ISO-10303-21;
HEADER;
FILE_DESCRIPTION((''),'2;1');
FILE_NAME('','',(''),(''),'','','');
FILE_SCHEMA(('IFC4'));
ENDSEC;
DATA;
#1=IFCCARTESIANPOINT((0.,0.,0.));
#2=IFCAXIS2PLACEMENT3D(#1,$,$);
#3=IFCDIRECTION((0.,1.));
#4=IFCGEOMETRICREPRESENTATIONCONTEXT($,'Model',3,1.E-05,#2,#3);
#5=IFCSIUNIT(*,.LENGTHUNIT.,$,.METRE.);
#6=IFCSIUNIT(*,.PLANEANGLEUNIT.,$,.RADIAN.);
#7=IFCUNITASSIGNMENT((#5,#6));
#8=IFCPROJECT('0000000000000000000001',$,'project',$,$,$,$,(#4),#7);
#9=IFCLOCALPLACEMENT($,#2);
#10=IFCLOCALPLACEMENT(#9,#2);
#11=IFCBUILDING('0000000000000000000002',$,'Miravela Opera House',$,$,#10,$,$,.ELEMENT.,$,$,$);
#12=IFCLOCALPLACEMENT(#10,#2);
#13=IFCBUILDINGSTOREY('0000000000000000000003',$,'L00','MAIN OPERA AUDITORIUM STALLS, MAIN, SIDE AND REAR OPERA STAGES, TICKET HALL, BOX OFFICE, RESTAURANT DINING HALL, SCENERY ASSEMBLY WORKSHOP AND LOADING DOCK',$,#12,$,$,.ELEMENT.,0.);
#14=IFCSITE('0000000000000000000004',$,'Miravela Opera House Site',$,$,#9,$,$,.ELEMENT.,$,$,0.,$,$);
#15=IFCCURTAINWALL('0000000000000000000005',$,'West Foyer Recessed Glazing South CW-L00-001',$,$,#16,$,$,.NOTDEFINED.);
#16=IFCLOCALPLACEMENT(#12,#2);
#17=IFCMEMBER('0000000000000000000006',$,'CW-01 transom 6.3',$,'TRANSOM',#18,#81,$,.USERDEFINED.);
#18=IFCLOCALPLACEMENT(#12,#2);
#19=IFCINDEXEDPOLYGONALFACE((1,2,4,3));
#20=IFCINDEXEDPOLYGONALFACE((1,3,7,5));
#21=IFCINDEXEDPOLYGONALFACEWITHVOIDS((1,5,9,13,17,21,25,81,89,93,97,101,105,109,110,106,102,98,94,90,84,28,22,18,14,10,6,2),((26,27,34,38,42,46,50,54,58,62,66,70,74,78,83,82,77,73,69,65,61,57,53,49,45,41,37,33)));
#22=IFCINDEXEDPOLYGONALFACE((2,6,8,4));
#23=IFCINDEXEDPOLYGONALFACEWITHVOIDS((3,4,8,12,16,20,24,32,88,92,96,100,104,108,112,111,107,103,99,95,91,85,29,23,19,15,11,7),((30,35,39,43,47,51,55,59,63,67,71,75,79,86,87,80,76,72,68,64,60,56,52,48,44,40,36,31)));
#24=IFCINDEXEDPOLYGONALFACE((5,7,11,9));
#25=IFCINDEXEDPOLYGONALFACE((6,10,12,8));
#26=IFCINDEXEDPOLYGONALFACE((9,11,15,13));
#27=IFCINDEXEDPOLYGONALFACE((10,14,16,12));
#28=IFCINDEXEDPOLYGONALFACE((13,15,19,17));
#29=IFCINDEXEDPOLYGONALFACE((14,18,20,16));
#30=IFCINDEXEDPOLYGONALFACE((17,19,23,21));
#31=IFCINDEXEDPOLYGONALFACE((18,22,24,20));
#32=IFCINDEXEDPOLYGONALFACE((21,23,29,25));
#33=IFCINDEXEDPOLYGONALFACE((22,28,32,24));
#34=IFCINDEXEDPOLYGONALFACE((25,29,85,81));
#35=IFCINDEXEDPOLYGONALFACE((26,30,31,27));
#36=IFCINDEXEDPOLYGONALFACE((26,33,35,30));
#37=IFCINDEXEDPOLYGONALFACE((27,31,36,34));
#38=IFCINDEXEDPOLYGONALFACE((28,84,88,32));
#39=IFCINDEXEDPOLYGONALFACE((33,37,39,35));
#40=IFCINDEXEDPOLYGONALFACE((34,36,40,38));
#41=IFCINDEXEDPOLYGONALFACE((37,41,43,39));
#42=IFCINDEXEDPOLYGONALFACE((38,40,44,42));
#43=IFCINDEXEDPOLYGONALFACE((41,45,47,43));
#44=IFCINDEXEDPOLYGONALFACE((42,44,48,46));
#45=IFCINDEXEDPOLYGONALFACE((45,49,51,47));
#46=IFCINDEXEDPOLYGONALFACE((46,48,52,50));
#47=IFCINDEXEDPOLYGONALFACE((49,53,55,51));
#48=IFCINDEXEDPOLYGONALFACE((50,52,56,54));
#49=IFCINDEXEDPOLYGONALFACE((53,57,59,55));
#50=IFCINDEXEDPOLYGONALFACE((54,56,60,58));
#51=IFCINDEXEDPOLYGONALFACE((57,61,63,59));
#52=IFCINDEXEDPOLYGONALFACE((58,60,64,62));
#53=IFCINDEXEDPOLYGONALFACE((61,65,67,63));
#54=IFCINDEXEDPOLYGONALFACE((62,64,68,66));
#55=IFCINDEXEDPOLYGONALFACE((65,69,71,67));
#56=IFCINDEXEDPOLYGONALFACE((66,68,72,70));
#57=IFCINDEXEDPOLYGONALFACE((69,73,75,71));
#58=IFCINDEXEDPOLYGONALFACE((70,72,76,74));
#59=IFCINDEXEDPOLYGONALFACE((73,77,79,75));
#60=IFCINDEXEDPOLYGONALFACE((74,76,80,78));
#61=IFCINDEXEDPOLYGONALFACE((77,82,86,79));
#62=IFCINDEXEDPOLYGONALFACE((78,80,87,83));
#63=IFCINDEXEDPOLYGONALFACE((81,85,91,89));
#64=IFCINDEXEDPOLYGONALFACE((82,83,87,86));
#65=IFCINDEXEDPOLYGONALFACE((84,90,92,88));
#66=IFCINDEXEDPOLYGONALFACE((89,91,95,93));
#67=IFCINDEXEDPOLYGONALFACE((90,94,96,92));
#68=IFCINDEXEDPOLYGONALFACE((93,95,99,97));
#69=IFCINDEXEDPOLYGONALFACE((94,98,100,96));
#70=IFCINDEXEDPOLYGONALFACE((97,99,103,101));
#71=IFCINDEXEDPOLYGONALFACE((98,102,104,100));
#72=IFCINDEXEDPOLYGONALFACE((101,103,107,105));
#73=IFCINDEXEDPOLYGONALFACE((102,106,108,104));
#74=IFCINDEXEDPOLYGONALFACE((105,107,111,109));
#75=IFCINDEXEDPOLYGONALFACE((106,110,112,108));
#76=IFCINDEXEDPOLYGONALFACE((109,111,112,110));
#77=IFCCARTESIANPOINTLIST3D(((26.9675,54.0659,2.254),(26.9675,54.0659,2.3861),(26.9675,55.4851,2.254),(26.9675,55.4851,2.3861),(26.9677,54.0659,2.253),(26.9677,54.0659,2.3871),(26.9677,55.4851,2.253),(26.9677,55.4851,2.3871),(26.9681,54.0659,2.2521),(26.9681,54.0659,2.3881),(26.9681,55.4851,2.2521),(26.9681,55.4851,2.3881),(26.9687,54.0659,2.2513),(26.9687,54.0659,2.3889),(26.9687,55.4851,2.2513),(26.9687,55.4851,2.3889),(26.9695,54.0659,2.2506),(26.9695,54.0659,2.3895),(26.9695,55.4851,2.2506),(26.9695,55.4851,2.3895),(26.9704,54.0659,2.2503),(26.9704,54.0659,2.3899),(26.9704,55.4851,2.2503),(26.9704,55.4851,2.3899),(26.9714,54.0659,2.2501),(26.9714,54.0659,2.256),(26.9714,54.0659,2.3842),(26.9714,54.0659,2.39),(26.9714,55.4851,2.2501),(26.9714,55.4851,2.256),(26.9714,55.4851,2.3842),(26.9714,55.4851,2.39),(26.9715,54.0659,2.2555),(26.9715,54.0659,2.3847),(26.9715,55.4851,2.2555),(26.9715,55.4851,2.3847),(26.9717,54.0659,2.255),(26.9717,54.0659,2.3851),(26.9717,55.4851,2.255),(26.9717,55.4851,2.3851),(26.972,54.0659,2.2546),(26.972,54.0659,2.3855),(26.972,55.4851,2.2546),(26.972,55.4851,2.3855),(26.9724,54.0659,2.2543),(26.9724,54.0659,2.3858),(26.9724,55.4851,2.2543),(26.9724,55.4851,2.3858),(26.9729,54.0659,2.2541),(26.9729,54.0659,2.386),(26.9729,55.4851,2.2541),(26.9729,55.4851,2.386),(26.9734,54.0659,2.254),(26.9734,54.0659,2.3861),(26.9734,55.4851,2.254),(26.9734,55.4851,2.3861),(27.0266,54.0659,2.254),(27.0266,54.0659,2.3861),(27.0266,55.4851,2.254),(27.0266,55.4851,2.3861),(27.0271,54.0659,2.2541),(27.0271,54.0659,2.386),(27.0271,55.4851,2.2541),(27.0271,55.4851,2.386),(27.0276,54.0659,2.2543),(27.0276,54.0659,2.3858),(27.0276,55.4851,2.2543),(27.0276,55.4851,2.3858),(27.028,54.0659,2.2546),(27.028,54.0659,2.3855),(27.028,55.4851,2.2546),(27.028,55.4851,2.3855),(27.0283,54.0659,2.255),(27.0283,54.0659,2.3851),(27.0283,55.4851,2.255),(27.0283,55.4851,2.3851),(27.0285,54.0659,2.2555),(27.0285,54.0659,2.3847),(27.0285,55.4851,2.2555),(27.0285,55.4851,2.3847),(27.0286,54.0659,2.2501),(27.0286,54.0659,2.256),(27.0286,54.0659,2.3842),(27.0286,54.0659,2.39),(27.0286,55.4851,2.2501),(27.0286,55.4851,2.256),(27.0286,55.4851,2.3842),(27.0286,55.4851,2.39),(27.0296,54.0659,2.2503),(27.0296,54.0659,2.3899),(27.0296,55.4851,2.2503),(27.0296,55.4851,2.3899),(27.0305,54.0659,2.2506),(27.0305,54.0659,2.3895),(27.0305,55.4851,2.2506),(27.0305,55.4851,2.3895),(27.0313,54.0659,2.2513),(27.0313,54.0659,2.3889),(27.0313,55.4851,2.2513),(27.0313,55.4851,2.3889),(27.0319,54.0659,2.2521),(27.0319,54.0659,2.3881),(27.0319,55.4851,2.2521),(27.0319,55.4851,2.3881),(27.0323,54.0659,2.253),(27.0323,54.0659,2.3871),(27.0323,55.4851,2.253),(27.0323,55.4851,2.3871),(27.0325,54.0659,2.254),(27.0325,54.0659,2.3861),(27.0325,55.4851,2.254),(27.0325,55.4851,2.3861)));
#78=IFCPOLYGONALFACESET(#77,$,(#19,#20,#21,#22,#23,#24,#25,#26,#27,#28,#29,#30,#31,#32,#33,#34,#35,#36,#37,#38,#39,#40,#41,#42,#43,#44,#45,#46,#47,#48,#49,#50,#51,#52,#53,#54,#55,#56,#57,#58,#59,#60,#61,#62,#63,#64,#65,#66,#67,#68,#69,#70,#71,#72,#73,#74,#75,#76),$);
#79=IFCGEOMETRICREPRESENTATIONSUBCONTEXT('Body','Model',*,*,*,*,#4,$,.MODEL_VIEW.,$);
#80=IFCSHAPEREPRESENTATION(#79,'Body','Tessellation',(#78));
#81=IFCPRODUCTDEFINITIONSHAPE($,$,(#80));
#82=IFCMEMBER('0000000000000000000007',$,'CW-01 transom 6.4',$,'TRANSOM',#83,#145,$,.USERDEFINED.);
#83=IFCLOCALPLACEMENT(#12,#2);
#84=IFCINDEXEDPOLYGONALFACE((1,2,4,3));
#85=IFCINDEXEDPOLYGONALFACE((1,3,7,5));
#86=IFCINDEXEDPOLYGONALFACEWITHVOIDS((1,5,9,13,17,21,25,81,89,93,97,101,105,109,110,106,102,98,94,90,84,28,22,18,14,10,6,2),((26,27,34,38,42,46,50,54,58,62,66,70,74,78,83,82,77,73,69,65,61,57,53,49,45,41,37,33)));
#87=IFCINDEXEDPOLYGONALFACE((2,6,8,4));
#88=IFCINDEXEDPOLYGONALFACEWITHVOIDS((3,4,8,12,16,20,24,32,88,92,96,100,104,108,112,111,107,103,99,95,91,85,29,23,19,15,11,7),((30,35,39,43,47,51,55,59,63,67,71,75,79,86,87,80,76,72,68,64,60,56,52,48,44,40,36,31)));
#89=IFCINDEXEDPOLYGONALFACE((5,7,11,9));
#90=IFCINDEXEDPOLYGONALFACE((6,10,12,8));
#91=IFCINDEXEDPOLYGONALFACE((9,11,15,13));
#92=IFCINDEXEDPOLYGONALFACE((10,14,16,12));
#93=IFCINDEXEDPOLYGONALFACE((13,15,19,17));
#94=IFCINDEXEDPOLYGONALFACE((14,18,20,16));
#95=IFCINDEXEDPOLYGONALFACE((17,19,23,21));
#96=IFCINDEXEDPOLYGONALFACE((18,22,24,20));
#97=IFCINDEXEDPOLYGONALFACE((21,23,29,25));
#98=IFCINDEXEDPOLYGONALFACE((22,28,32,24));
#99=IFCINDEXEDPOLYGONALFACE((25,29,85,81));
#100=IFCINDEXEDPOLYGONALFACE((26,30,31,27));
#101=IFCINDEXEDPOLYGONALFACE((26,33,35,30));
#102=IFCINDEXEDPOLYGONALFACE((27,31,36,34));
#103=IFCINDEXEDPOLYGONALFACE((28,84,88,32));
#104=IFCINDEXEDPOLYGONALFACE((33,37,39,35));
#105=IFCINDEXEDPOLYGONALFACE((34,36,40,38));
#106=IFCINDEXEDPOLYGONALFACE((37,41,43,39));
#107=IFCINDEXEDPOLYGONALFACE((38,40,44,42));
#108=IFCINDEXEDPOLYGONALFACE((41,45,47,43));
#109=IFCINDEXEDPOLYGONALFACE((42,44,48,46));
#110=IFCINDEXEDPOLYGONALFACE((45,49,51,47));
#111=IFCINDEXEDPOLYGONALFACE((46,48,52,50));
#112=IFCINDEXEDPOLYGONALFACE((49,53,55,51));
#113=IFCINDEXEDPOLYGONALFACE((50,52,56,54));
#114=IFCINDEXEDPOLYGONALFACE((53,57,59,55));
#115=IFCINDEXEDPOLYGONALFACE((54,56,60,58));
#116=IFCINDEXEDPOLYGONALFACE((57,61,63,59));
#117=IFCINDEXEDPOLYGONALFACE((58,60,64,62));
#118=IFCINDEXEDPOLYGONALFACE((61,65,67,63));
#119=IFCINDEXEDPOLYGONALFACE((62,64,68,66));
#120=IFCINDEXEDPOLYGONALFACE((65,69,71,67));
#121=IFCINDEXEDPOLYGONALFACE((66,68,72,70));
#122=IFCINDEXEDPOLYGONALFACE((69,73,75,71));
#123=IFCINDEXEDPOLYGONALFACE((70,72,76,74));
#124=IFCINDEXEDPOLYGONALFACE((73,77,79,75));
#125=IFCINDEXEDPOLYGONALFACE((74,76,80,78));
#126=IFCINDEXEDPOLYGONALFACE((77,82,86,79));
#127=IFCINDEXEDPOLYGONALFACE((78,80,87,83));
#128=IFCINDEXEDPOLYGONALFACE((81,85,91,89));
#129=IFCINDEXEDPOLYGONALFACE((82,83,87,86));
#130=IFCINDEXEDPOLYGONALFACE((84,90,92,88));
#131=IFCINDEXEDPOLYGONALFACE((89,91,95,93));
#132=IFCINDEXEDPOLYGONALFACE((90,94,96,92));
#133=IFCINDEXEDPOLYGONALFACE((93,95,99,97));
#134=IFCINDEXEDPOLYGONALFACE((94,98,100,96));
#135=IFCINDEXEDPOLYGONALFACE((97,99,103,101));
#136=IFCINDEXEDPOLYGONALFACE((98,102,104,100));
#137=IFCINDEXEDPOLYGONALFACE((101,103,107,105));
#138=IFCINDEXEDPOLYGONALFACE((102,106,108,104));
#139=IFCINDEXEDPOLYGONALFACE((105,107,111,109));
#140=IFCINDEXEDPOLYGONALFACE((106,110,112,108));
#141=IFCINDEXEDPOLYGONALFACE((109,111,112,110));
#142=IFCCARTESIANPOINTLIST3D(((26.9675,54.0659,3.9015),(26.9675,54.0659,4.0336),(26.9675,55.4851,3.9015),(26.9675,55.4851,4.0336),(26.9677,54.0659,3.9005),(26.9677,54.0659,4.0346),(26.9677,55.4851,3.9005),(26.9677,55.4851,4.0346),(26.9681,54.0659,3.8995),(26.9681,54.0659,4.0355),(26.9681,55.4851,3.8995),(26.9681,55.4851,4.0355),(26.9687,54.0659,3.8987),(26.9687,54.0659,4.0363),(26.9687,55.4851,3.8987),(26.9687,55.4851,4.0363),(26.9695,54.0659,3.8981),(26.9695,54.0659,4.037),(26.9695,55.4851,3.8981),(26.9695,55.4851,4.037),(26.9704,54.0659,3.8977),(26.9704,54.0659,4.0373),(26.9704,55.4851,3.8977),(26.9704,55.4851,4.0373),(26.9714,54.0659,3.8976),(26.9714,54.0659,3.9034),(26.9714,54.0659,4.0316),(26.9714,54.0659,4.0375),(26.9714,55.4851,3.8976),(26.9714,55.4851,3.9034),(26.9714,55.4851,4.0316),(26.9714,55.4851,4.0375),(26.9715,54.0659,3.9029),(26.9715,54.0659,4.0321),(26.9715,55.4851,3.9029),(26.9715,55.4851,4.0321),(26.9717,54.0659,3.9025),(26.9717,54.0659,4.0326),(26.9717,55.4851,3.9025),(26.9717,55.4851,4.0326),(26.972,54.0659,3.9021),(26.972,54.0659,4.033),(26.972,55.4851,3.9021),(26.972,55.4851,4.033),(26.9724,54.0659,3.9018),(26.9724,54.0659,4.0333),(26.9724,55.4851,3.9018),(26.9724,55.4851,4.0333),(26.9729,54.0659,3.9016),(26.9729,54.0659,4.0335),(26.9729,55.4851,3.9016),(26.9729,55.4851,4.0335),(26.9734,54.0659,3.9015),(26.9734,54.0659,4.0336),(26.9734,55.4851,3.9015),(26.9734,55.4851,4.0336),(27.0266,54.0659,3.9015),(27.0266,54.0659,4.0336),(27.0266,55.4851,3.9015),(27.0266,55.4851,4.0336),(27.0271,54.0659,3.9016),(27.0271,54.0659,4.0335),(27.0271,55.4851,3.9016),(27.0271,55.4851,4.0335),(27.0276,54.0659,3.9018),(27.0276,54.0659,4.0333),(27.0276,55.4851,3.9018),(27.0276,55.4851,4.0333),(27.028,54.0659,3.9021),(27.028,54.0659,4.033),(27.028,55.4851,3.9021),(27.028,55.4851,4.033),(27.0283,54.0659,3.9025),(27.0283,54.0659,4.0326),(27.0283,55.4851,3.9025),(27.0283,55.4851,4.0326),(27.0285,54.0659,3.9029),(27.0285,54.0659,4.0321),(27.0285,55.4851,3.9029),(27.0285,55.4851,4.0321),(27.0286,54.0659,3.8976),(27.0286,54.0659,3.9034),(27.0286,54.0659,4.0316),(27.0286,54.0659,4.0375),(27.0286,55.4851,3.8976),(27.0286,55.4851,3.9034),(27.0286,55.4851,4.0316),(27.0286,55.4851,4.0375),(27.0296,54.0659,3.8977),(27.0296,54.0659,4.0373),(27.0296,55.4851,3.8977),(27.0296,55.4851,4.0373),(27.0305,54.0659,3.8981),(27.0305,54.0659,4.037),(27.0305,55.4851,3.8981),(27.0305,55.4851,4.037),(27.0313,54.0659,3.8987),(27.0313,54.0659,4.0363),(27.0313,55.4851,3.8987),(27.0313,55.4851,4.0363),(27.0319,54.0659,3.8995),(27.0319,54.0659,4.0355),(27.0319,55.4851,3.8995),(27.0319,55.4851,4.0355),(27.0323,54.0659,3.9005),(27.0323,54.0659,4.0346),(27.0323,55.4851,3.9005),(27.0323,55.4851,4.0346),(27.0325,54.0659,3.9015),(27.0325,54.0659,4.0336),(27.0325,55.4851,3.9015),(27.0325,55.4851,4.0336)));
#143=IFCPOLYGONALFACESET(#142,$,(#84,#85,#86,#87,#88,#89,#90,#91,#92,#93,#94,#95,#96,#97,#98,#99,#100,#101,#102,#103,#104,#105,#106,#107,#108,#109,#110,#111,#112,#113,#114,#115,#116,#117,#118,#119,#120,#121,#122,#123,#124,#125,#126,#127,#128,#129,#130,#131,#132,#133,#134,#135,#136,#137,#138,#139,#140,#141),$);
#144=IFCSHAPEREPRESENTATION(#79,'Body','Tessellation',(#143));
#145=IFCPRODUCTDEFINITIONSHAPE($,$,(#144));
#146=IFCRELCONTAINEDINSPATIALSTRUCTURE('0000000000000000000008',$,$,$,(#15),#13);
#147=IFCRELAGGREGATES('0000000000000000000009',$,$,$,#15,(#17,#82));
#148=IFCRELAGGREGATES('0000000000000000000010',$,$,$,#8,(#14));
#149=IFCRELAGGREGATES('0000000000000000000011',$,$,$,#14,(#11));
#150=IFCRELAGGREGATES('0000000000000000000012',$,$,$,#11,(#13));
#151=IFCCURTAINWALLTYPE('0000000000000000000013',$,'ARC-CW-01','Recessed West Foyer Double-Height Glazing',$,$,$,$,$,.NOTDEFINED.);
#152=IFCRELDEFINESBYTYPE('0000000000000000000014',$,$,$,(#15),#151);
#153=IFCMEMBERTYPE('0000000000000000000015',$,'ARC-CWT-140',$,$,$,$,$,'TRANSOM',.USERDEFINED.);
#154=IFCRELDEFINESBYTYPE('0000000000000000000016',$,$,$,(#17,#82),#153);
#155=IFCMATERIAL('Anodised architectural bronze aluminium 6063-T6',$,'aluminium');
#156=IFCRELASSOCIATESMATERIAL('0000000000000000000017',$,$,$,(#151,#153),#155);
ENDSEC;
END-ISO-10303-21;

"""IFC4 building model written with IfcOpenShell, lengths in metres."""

from ifc_helpers import new_model, si_unit, direction, frame, origin, origin_2d, place, context, subcontext, project, spatial, hollow_rectangle, extrude, material, material_profile, profile_set, type_object, element, aggregate, save


model = new_model("IFC4")

# Units and contexts
model_context = context("Model", 3, precision=1e-05, world=origin(), true_north=direction((0.0, 1.0)))
body_context = subcontext(model_context, "Body", "Model", "MODEL_VIEW")
ifc_project = project(units=[si_unit("LENGTHUNIT", "METRE"), si_unit("PLANEANGLEUNIT", "RADIAN")], contexts=[model_context])

# Site, building, storey
site_placement = place(None, origin())
site = spatial("IfcSite", under=ifc_project, at=site_placement, Name="Miravela Opera House Site", CompositionType="ELEMENT", RefElevation=0.0)
building_placement = place(site_placement, origin())
building = spatial("IfcBuilding", under=site, at=building_placement, Name="Miravela Opera House", CompositionType="ELEMENT")
storey_placement = place(building_placement, origin())
storey = spatial("IfcBuildingStorey", under=building, at=storey_placement, Name="L00", Description="MAIN OPERA AUDITORIUM STALLS, MAIN, SIDE AND REAR OPERA STAGES, TICKET HALL, BOX OFFICE, RESTAURANT DINING HALL, SCENERY ASSEMBLY WORKSHOP AND LOADING DOCK", CompositionType="ELEMENT", Elevation=0.0)

# Curtain wall
ifc_material_1 = material(Name="Anodised architectural bronze aluminium 6063-T6", Category="aluminium")
curtain_wall_type = type_object("IfcCurtainWallType", Name="ARC-CW-01", Description="Recessed West Foyer Double-Height Glazing", PredefinedType="NOTDEFINED", material=ifc_material_1)
curtain_wall_1_placement = place(storey_placement, origin())
curtain_wall_1 = element("IfcCurtainWall", 1, at=curtain_wall_1_placement, inside=storey, type_object=curtain_wall_type, Name="West Foyer Recessed Glazing South CW-L00-001", PredefinedType="NOTDEFINED")

# Members
ifc_material_profile_1 = material_profile(ifc_material_1, hollow_rectangle(XDim=0.0649, YDim=0.1399, WallThickness=0.0039, InnerFilletRadius=0.002, OuterFilletRadius=0.0039, at=origin_2d()), Name="CWT-65X140")
ifc_profile_set_1 = profile_set([ifc_material_profile_1])
member_type_1 = type_object("IfcMemberType", Name="ARC-CWT-140", ElementType="TRANSOM", PredefinedType="USERDEFINED", material=ifc_profile_set_1)
member_1_placement = place(storey_placement, frame((27.0, 54.0659, 2.3201), z_axis=(0.0, 1.0, 0.0), x_axis=(-1.0, 0.0, 0.0)))
member_1 = element("IfcMember", 2, at=member_1_placement, type_object=member_type_1, Name="CW-01 transom 6.3", ObjectType="TRANSOM", PredefinedType="USERDEFINED", context=body_context, shape_type="SweptSolid", body=[
    extrude(hollow_rectangle(XDim=0.0649, YDim=0.1399, WallThickness=0.0039, InnerFilletRadius=0.002, OuterFilletRadius=0.0039, at=origin_2d()), origin(), (0.0, 0.0, 1.0), 1.4192),
])
member_2_placement = place(storey_placement, frame((27.0, 54.0659, 3.9675), z_axis=(0.0, 1.0, 0.0), x_axis=(-1.0, 0.0, 0.0)))
member_2 = element("IfcMember", 3, at=member_2_placement, type_object=member_type_1, Name="CW-01 transom 6.4", ObjectType="TRANSOM", PredefinedType="USERDEFINED", context=body_context, shape_type="SweptSolid", body=[
    extrude(hollow_rectangle(XDim=0.0649, YDim=0.1399, WallThickness=0.0039, InnerFilletRadius=0.002, OuterFilletRadius=0.0039, at=origin_2d()), origin(), (0.0, 0.0, 1.0), 1.4192),
])

aggregate(curtain_wall_1, [member_1, member_2])

save(model, "model.ifc")
